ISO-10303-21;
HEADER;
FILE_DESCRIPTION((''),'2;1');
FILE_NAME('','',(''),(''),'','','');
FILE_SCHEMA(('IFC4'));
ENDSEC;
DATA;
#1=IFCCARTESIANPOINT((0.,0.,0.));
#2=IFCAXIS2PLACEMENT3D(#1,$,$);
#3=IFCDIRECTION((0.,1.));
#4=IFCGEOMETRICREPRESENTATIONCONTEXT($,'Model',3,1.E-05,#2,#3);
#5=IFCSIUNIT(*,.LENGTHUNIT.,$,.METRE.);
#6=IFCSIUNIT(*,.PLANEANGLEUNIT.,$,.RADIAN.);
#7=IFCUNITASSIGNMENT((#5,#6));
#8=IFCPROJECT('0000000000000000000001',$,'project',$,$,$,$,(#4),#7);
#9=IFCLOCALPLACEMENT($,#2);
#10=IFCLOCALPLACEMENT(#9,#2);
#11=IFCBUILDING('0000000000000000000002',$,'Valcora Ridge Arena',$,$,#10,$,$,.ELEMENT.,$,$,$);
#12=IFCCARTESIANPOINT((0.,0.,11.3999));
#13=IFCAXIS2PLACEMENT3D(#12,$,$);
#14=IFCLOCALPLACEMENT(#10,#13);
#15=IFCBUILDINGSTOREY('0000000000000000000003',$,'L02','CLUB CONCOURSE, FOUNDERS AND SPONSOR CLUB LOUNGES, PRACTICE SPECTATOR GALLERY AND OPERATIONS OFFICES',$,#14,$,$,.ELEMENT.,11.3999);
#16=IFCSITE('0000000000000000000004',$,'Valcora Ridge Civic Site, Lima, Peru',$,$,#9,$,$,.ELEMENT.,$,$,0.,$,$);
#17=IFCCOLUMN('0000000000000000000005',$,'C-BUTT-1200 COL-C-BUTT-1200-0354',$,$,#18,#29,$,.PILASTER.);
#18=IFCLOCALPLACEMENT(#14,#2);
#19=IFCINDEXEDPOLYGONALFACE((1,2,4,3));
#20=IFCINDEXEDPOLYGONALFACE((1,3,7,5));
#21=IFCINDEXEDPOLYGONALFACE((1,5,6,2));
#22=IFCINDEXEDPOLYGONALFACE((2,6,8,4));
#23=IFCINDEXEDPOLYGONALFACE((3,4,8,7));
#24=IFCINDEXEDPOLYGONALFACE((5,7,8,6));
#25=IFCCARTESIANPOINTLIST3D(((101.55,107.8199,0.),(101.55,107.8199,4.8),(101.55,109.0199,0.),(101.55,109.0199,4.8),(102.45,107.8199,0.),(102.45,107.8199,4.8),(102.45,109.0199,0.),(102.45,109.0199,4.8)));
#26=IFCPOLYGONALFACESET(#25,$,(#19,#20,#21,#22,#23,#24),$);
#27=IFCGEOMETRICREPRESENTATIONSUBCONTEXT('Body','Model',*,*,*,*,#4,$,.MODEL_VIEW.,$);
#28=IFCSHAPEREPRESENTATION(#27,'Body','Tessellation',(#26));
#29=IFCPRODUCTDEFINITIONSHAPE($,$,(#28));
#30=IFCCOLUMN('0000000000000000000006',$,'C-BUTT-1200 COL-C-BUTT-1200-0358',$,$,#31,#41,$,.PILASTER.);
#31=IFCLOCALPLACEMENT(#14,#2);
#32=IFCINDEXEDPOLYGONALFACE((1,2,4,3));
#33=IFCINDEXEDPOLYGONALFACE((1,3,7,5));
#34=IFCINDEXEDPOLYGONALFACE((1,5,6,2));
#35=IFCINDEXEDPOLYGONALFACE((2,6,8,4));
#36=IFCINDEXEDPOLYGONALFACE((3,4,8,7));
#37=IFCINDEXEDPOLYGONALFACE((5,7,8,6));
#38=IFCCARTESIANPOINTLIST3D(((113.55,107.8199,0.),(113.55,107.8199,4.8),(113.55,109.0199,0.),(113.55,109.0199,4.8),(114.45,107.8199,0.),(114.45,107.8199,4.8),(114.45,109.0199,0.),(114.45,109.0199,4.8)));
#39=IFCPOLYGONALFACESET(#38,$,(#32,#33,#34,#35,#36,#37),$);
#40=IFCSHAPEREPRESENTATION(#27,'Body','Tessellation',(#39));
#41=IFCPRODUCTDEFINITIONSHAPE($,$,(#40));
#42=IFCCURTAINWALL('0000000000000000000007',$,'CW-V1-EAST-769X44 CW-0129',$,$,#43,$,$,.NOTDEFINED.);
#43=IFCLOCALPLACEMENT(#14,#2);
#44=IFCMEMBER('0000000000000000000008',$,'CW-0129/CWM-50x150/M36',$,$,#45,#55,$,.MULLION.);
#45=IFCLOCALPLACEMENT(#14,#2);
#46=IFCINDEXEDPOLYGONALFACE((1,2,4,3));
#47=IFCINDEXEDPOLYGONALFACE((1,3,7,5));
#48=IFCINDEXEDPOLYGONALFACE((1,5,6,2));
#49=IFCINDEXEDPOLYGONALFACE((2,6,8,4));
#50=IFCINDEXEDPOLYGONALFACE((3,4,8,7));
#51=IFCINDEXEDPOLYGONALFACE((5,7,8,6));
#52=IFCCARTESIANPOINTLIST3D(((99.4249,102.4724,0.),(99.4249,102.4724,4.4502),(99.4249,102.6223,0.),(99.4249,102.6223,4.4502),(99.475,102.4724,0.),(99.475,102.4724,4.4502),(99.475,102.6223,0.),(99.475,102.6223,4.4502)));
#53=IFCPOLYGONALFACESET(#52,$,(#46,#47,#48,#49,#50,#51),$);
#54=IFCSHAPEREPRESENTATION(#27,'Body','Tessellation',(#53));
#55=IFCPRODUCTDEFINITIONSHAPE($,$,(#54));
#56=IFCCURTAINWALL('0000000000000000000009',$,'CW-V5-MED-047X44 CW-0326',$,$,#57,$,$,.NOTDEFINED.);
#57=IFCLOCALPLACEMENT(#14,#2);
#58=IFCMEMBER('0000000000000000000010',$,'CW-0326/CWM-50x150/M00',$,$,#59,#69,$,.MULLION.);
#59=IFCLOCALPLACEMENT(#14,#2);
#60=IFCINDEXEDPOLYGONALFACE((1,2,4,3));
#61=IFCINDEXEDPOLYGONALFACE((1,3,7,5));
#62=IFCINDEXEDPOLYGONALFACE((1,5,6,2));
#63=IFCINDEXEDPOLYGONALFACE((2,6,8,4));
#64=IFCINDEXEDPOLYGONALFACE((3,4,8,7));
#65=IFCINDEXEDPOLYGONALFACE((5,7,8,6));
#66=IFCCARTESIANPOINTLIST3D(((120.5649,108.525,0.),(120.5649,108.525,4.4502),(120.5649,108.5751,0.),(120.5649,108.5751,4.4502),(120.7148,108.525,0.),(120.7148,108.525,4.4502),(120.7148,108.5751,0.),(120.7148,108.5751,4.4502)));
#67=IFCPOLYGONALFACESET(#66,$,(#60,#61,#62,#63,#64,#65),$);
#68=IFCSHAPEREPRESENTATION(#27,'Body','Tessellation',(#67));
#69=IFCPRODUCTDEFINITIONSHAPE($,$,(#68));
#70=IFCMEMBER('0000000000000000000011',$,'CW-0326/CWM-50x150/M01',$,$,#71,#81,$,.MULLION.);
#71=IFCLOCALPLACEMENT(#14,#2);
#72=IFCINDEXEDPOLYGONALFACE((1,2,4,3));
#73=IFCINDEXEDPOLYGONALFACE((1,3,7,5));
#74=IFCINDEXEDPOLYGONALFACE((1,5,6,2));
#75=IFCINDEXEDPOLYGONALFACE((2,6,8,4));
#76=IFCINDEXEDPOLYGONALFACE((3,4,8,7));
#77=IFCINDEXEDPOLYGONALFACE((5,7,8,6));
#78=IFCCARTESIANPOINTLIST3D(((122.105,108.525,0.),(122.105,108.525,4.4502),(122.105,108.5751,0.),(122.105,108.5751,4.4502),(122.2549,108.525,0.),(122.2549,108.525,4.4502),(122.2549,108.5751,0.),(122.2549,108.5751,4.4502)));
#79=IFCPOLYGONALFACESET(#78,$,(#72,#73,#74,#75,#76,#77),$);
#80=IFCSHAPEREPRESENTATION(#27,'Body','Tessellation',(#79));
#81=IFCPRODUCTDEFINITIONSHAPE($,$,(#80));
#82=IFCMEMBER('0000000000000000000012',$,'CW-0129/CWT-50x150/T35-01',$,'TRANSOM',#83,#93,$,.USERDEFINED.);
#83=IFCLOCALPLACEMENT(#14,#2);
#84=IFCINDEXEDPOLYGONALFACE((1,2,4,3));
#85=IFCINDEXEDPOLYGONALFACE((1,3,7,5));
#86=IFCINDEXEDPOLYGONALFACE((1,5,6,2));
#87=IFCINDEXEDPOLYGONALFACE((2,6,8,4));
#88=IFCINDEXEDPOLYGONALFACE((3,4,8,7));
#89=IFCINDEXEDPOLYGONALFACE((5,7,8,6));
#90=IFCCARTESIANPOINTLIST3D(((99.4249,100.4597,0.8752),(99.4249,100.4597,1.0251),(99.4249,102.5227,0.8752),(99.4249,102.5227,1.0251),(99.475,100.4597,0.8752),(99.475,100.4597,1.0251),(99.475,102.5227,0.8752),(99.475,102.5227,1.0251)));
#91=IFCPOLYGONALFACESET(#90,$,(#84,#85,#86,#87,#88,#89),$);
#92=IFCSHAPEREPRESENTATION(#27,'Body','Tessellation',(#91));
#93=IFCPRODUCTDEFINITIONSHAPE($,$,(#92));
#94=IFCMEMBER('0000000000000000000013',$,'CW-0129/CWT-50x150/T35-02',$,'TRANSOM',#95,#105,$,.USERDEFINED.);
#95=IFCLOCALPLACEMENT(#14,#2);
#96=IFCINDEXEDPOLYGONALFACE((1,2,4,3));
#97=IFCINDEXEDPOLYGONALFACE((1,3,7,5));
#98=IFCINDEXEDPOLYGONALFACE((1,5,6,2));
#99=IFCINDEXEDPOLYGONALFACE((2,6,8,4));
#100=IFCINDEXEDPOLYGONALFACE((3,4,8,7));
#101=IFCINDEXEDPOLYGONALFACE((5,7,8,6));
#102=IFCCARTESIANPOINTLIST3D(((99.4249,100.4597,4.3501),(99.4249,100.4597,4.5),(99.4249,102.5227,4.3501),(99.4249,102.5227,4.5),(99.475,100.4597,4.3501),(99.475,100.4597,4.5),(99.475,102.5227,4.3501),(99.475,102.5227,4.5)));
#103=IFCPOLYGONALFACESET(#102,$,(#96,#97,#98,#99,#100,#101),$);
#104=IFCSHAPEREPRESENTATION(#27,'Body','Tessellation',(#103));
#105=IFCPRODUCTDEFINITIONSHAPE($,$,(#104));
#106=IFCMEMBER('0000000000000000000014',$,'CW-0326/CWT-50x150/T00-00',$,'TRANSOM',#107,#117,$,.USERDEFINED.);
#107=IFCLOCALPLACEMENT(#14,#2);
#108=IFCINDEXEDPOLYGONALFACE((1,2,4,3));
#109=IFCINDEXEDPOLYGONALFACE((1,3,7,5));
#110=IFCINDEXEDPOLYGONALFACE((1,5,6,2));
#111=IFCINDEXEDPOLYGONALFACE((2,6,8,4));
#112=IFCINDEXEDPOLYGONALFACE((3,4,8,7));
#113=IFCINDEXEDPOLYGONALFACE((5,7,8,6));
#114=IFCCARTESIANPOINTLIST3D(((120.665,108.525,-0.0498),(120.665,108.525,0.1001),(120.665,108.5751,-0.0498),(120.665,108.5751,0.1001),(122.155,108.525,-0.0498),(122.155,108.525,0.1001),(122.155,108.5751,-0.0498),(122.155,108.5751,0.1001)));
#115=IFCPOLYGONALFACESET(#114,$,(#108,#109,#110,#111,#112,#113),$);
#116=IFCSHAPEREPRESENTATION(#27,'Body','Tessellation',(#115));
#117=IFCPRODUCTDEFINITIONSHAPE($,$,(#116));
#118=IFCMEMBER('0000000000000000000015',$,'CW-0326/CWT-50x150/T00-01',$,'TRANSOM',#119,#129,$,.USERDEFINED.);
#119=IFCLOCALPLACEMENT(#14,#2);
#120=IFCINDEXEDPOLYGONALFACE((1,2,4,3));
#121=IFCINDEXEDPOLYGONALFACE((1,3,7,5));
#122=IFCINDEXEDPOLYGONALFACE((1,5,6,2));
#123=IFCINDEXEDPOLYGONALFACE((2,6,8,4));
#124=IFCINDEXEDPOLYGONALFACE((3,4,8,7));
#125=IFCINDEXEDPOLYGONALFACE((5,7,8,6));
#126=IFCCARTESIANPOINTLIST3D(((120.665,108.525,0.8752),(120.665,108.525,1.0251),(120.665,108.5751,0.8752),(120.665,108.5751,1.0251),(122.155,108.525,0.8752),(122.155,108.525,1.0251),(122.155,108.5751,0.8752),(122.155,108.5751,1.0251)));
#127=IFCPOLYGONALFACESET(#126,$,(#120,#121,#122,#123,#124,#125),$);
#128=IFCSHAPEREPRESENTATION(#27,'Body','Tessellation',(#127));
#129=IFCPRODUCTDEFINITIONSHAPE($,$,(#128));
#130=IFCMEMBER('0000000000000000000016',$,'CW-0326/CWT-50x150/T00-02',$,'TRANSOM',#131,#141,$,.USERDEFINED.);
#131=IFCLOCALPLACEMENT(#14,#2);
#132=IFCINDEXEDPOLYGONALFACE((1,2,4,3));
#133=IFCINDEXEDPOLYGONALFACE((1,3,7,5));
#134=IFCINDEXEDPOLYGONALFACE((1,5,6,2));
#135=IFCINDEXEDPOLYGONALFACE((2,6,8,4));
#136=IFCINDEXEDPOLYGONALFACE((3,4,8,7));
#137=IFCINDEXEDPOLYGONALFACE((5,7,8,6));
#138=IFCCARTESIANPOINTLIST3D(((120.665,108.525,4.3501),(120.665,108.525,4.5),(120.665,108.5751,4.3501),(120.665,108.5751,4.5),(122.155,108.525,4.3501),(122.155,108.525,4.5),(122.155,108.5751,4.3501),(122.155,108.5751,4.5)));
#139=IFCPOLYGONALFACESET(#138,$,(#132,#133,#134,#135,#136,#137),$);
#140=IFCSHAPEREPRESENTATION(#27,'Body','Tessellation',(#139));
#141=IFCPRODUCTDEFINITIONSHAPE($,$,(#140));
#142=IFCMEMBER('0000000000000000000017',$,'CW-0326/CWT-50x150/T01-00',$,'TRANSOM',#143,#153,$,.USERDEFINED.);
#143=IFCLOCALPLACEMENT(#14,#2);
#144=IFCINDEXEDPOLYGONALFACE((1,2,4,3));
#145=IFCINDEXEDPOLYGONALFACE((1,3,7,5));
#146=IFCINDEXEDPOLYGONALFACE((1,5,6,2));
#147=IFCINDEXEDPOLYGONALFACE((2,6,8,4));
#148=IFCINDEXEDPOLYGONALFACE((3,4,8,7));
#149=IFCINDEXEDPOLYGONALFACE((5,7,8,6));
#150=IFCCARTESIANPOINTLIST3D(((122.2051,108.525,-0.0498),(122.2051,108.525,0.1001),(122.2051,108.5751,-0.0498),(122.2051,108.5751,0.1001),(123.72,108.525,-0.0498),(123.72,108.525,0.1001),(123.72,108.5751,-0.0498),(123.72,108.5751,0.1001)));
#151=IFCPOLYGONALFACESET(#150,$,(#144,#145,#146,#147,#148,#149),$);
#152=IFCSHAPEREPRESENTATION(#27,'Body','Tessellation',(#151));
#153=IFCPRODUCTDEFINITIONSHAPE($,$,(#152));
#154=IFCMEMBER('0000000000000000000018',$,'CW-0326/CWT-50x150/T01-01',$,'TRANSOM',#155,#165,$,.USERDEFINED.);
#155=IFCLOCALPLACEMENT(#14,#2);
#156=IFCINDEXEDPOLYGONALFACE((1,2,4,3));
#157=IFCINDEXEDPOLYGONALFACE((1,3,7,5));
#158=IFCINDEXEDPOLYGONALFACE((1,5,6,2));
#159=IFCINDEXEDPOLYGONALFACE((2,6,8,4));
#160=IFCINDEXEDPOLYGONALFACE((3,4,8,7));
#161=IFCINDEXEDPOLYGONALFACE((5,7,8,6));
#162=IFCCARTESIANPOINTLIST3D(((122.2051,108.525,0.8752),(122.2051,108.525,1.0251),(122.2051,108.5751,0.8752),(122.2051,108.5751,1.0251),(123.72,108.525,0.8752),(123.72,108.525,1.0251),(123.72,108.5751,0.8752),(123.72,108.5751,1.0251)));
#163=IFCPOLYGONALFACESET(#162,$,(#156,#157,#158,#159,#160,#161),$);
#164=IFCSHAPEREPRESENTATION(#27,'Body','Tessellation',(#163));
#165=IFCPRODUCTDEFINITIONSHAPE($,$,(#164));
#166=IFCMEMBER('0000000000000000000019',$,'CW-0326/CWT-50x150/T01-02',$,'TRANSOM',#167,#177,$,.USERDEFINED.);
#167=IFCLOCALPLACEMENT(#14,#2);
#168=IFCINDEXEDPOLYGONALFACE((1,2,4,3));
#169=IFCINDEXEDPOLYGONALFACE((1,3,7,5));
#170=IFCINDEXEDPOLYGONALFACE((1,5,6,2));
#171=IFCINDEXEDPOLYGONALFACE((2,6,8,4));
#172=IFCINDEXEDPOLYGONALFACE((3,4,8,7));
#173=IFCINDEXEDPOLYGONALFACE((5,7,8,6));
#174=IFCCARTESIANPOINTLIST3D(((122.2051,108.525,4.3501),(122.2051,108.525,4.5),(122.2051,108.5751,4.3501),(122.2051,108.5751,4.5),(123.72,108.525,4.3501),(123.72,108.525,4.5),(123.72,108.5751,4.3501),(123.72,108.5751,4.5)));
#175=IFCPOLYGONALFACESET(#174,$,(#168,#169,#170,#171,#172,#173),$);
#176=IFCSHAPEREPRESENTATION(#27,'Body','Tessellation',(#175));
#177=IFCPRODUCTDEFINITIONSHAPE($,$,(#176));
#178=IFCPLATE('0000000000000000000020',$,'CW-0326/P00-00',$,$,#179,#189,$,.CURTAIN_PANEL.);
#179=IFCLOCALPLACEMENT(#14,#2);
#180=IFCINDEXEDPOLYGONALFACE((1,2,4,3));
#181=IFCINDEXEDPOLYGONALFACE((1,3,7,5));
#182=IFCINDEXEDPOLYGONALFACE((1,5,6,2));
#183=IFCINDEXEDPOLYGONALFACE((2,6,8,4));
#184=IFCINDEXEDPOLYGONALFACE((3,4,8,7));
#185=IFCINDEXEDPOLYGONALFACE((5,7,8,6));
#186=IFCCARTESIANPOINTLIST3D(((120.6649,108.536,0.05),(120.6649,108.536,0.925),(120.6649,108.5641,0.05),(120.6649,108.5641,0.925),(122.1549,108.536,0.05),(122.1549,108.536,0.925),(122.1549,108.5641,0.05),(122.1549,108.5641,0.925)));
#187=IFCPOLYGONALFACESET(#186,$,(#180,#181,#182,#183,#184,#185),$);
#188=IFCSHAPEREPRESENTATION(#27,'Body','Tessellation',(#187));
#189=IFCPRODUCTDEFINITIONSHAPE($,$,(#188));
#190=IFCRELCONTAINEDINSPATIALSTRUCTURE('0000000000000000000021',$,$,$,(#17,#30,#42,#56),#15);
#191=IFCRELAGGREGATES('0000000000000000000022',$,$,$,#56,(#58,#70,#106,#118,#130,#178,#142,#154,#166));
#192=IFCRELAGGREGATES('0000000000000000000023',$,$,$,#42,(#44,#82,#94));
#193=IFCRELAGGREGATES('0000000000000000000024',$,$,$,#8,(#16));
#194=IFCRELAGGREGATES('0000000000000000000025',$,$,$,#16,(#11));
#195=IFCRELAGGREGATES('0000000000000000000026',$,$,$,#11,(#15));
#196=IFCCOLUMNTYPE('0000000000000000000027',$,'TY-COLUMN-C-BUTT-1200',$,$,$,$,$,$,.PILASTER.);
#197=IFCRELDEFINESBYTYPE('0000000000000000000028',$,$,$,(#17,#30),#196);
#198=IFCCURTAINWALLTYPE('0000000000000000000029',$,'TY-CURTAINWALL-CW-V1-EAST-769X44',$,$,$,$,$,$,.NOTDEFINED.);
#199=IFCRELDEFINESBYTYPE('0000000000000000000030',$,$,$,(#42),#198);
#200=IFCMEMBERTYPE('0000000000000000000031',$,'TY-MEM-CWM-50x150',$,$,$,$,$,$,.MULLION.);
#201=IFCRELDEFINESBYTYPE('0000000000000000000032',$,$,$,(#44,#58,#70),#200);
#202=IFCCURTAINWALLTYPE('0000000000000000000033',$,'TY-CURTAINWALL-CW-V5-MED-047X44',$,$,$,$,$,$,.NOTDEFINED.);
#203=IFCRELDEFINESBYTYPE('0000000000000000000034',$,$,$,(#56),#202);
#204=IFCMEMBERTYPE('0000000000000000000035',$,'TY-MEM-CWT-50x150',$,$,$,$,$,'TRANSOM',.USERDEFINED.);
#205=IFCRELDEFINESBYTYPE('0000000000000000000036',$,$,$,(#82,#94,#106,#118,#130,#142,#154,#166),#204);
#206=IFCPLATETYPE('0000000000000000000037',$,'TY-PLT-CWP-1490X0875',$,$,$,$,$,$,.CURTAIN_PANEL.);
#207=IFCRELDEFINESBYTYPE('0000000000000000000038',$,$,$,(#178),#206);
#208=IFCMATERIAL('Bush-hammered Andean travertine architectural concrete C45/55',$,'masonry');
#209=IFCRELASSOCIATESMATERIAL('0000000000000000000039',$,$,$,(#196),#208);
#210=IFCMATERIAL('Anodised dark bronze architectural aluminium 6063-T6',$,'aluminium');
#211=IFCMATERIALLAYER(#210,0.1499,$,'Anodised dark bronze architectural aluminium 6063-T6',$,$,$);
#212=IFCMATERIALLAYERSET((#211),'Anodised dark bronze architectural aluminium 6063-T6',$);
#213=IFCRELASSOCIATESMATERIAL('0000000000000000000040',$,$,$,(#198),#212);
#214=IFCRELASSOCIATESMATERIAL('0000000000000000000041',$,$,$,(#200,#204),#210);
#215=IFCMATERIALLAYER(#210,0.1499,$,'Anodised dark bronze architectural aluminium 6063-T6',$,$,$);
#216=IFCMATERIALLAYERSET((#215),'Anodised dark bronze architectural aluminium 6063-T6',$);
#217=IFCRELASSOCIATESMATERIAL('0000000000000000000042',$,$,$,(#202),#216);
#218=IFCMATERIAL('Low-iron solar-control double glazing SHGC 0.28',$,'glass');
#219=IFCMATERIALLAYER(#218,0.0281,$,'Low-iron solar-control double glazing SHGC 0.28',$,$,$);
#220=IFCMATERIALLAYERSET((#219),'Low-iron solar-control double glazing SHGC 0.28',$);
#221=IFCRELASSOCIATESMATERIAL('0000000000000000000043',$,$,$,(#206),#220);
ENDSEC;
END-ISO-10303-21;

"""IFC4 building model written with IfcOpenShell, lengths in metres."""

from ifc_helpers import new_model, si_unit, direction, frame, origin, origin_2d, place, context, subcontext, project, spatial, rectangle, extrude, material, layer, layer_set, material_profile, profile_set, type_object, element, aggregate, save


model = new_model("IFC4")

# Units and contexts
model_context = context("Model", 3, precision=1e-05, world=origin(), true_north=direction((0.0, 1.0)))
body_context = subcontext(model_context, "Body", "Model", "MODEL_VIEW")
ifc_project = project(units=[si_unit("LENGTHUNIT", "METRE"), si_unit("PLANEANGLEUNIT", "RADIAN")], contexts=[model_context])

# Site, building, storey
site_placement = place(None, origin())
site = spatial("IfcSite", under=ifc_project, at=site_placement, Name="Valcora Ridge Civic Site, Lima, Peru", CompositionType="ELEMENT", RefElevation=0.0)
building_placement = place(site_placement, origin())
building = spatial("IfcBuilding", under=site, at=building_placement, Name="Valcora Ridge Arena", CompositionType="ELEMENT")
storey_placement = place(building_placement, frame((0.0, 0.0, 11.3999)))
storey = spatial("IfcBuildingStorey", under=building, at=storey_placement, Name="L02", Description="CLUB CONCOURSE, FOUNDERS AND SPONSOR CLUB LOUNGES, PRACTICE SPECTATOR GALLERY AND OPERATIONS OFFICES", CompositionType="ELEMENT", Elevation=11.3999)

# Columns
ifc_material_1 = material(Name="Bush-hammered Andean travertine architectural concrete C45/55", Category="masonry")
ifc_material_profile_1 = material_profile(ifc_material_1, rectangle(XDim=0.8999, YDim=1.2, at=origin_2d()), Name="RC 900x1200")
ifc_profile_set_1 = profile_set([ifc_material_profile_1], Name="Bush-hammered Andean travertine architectural concrete C45/55")
column_type = type_object("IfcColumnType", Name="TY-COLUMN-C-BUTT-1200", PredefinedType="PILASTER", material=ifc_profile_set_1)
for number, where, z_axis, x_axis, name in (
    (1, (102.0, 108.4199, 0.0), (0.0, 0.0, 1.0), (1.0, 0.0, 0.0), "C-BUTT-1200 COL-C-BUTT-1200-0354"),
    (2, (114.0, 108.4199, 0.0), (0.0, 0.0, 1.0), (1.0, 0.0, 0.0), "C-BUTT-1200 COL-C-BUTT-1200-0358"),
):
    element("IfcColumn", number, at=place(storey_placement, frame(where, z_axis=z_axis, x_axis=x_axis)), inside=storey, type_object=column_type, Name=name, PredefinedType="PILASTER", context=body_context, shape_type="SweptSolid", body=[
        extrude(rectangle(XDim=0.8999, YDim=1.2, at=origin_2d()), origin(), (0.0, 0.0, 1.0), 4.8),
    ])

# Curtain wall, member
ifc_material_2 = material(Name="Anodised dark bronze architectural aluminium 6063-T6", Category="aluminium")
ifc_layer_1 = layer(ifc_material_2, 0.1499, Name="Anodised dark bronze architectural aluminium 6063-T6")
ifc_layer_set_1 = layer_set([ifc_layer_1], Name="Anodised dark bronze architectural aluminium 6063-T6")
curtain_wall_type_1 = type_object("IfcCurtainWallType", Name="TY-CURTAINWALL-CW-V1-EAST-769X44", PredefinedType="NOTDEFINED", material=ifc_layer_set_1)
curtain_wall_1_placement = place(storey_placement, origin())
curtain_wall_1 = element("IfcCurtainWall", 3, at=curtain_wall_1_placement, inside=storey, type_object=curtain_wall_type_1, Name="CW-V1-EAST-769X44 CW-0129", PredefinedType="NOTDEFINED")
ifc_material_profile_2 = material_profile(ifc_material_2, rectangle(XDim=0.05, YDim=0.1499, at=origin_2d()), Name="ALU MULLION 50x150")
ifc_profile_set_2 = profile_set([ifc_material_profile_2], Name="Anodised dark bronze architectural aluminium 6063-T6")
member_type_1 = type_object("IfcMemberType", Name="TY-MEM-CWM-50x150", PredefinedType="MULLION", material=ifc_profile_set_2)
member_1_placement = place(storey_placement, frame((99.45, 102.5474, 0.0), z_axis=(0.0, 0.0, 1.0), x_axis=(-1.0, 0.0, 0.0)))
member_1 = element("IfcMember", 4, at=member_1_placement, type_object=member_type_1, Name="CW-0129/CWM-50x150/M36", PredefinedType="MULLION", context=body_context, shape_type="SweptSolid", body=[
    extrude(rectangle(XDim=0.05, YDim=0.1499, at=origin_2d()), origin(), (0.0, 0.0, 1.0), 4.4502),
])

# Curtain wall, members
ifc_layer_2 = layer(ifc_material_2, 0.1499, Name="Anodised dark bronze architectural aluminium 6063-T6")
ifc_layer_set_2 = layer_set([ifc_layer_2], Name="Anodised dark bronze architectural aluminium 6063-T6")
curtain_wall_type_2 = type_object("IfcCurtainWallType", Name="TY-CURTAINWALL-CW-V5-MED-047X44", PredefinedType="NOTDEFINED", material=ifc_layer_set_2)
curtain_wall_2_placement = place(storey_placement, origin())
curtain_wall_2 = element("IfcCurtainWall", 5, at=curtain_wall_2_placement, inside=storey, type_object=curtain_wall_type_2, Name="CW-V5-MED-047X44 CW-0326", PredefinedType="NOTDEFINED")
member_2_placement = place(storey_placement, frame((120.6399, 108.55, 0.0), z_axis=(0.0, 0.0, 1.0), x_axis=(0.0, 1.0, 0.0)))
member_2 = element("IfcMember", 6, at=member_2_placement, type_object=member_type_1, Name="CW-0326/CWM-50x150/M00", PredefinedType="MULLION", context=body_context, shape_type="SweptSolid", body=[
    extrude(rectangle(XDim=0.05, YDim=0.1499, at=origin_2d()), origin(), (0.0, 0.0, 1.0), 4.4502),
])
member_3_placement = place(storey_placement, frame((122.1799, 108.55, 0.0), z_axis=(0.0, 0.0, 1.0), x_axis=(0.0, 1.0, 0.0)))
member_3 = element("IfcMember", 7, at=member_3_placement, type_object=member_type_1, Name="CW-0326/CWM-50x150/M01", PredefinedType="MULLION", context=body_context, shape_type="SweptSolid", body=[
    extrude(rectangle(XDim=0.05, YDim=0.1499, at=origin_2d()), origin(), (0.0, 0.0, 1.0), 4.4502),
])

# Members
ifc_material_profile_3 = material_profile(ifc_material_2, rectangle(XDim=0.05, YDim=0.1499, at=origin_2d()), Name="ALU TRANSOM 50x150")
ifc_profile_set_3 = profile_set([ifc_material_profile_3], Name="Anodised dark bronze architectural aluminium 6063-T6")
member_type_2 = type_object("IfcMemberType", Name="TY-MEM-CWT-50x150", ElementType="TRANSOM", PredefinedType="USERDEFINED", material=ifc_profile_set_3)
member_4_placement = place(storey_placement, frame((99.45, 100.4597, 0.9502), z_axis=(0.0, 1.0, 0.0), x_axis=(-1.0, 0.0, 0.0)))
member_4 = element("IfcMember", 8, at=member_4_placement, type_object=member_type_2, Name="CW-0129/CWT-50x150/T35-01", ObjectType="TRANSOM", PredefinedType="USERDEFINED", context=body_context, shape_type="SweptSolid", body=[
    extrude(rectangle(XDim=0.05, YDim=0.1499, at=origin_2d()), origin(), (0.0, 0.0, 1.0), 2.063),
])
member_5_placement = place(storey_placement, frame((99.45, 100.4597, 4.425), z_axis=(0.0, 1.0, 0.0), x_axis=(-1.0, 0.0, 0.0)))
member_5 = element("IfcMember", 9, at=member_5_placement, type_object=member_type_2, Name="CW-0129/CWT-50x150/T35-02", ObjectType="TRANSOM", PredefinedType="USERDEFINED", context=body_context, shape_type="SweptSolid", body=[
    extrude(rectangle(XDim=0.05, YDim=0.1499, at=origin_2d()), origin(), (0.0, 0.0, 1.0), 2.063),
])
member_6_placement = place(storey_placement, frame((120.665, 108.55, 0.0251), z_axis=(1.0, 0.0, 0.0), x_axis=(0.0, 1.0, 0.0)))
member_6 = element("IfcMember", 10, at=member_6_placement, type_object=member_type_2, Name="CW-0326/CWT-50x150/T00-00", ObjectType="TRANSOM", PredefinedType="USERDEFINED", context=body_context, shape_type="SweptSolid", body=[
    extrude(rectangle(XDim=0.05, YDim=0.1499, at=origin_2d()), origin(), (0.0, 0.0, 1.0), 1.49),
])
member_7_placement = place(storey_placement, frame((120.665, 108.55, 0.9502), z_axis=(1.0, 0.0, 0.0), x_axis=(0.0, 1.0, 0.0)))
member_7 = element("IfcMember", 11, at=member_7_placement, type_object=member_type_2, Name="CW-0326/CWT-50x150/T00-01", ObjectType="TRANSOM", PredefinedType="USERDEFINED", context=body_context, shape_type="SweptSolid", body=[
    extrude(rectangle(XDim=0.05, YDim=0.1499, at=origin_2d()), origin(), (0.0, 0.0, 1.0), 1.49),
])
member_8_placement = place(storey_placement, frame((120.665, 108.55, 4.425), z_axis=(1.0, 0.0, 0.0), x_axis=(0.0, 1.0, 0.0)))
member_8 = element("IfcMember", 12, at=member_8_placement, type_object=member_type_2, Name="CW-0326/CWT-50x150/T00-02", ObjectType="TRANSOM", PredefinedType="USERDEFINED", context=body_context, shape_type="SweptSolid", body=[
    extrude(rectangle(XDim=0.05, YDim=0.1499, at=origin_2d()), origin(), (0.0, 0.0, 1.0), 1.49),
])
member_9_placement = place(storey_placement, frame((122.2051, 108.55, 0.0251), z_axis=(1.0, 0.0, 0.0), x_axis=(0.0, 1.0, 0.0)))
member_9 = element("IfcMember", 13, at=member_9_placement, type_object=member_type_2, Name="CW-0326/CWT-50x150/T01-00", ObjectType="TRANSOM", PredefinedType="USERDEFINED", context=body_context, shape_type="SweptSolid", body=[
    extrude(rectangle(XDim=0.05, YDim=0.1499, at=origin_2d()), origin(), (0.0, 0.0, 1.0), 1.5149),
])
member_10_placement = place(storey_placement, frame((122.2051, 108.55, 0.9502), z_axis=(1.0, 0.0, 0.0), x_axis=(0.0, 1.0, 0.0)))
member_10 = element("IfcMember", 14, at=member_10_placement, type_object=member_type_2, Name="CW-0326/CWT-50x150/T01-01", ObjectType="TRANSOM", PredefinedType="USERDEFINED", context=body_context, shape_type="SweptSolid", body=[
    extrude(rectangle(XDim=0.05, YDim=0.1499, at=origin_2d()), origin(), (0.0, 0.0, 1.0), 1.5149),
])
member_11_placement = place(storey_placement, frame((122.2051, 108.55, 4.425), z_axis=(1.0, 0.0, 0.0), x_axis=(0.0, 1.0, 0.0)))
member_11 = element("IfcMember", 15, at=member_11_placement, type_object=member_type_2, Name="CW-0326/CWT-50x150/T01-02", ObjectType="TRANSOM", PredefinedType="USERDEFINED", context=body_context, shape_type="SweptSolid", body=[
    extrude(rectangle(XDim=0.05, YDim=0.1499, at=origin_2d()), origin(), (0.0, 0.0, 1.0), 1.5149),
])

# Plate
ifc_material_3 = material(Name="Low-iron solar-control double glazing SHGC 0.28", Category="glass")
ifc_layer_3 = layer(ifc_material_3, 0.0281, Name="Low-iron solar-control double glazing SHGC 0.28")
ifc_layer_set_3 = layer_set([ifc_layer_3], Name="Low-iron solar-control double glazing SHGC 0.28")
plate_type_1 = type_object("IfcPlateType", Name="TY-PLT-CWP-1490X0875", PredefinedType="CURTAIN_PANEL", material=ifc_layer_set_3)
plate_1_placement = place(storey_placement, frame((121.4099, 108.55, 0.05), z_axis=(0.0, 0.0, 1.0), x_axis=(1.0, 0.0, 0.0)))
plate_1 = element("IfcPlate", 16, at=plate_1_placement, type_object=plate_type_1, Name="CW-0326/P00-00", PredefinedType="CURTAIN_PANEL", context=body_context, shape_type="SweptSolid", body=[
    extrude(rectangle(XDim=1.49, YDim=0.0281, at=origin_2d()), origin(), (0.0, 0.0, 1.0), 0.875),
])
aggregate(curtain_wall_2, [member_2, member_3, member_6, member_7, member_8, plate_1, member_9, member_10, member_11])
aggregate(curtain_wall_1, [member_1, member_4, member_5])

save(model, "model.ifc")
